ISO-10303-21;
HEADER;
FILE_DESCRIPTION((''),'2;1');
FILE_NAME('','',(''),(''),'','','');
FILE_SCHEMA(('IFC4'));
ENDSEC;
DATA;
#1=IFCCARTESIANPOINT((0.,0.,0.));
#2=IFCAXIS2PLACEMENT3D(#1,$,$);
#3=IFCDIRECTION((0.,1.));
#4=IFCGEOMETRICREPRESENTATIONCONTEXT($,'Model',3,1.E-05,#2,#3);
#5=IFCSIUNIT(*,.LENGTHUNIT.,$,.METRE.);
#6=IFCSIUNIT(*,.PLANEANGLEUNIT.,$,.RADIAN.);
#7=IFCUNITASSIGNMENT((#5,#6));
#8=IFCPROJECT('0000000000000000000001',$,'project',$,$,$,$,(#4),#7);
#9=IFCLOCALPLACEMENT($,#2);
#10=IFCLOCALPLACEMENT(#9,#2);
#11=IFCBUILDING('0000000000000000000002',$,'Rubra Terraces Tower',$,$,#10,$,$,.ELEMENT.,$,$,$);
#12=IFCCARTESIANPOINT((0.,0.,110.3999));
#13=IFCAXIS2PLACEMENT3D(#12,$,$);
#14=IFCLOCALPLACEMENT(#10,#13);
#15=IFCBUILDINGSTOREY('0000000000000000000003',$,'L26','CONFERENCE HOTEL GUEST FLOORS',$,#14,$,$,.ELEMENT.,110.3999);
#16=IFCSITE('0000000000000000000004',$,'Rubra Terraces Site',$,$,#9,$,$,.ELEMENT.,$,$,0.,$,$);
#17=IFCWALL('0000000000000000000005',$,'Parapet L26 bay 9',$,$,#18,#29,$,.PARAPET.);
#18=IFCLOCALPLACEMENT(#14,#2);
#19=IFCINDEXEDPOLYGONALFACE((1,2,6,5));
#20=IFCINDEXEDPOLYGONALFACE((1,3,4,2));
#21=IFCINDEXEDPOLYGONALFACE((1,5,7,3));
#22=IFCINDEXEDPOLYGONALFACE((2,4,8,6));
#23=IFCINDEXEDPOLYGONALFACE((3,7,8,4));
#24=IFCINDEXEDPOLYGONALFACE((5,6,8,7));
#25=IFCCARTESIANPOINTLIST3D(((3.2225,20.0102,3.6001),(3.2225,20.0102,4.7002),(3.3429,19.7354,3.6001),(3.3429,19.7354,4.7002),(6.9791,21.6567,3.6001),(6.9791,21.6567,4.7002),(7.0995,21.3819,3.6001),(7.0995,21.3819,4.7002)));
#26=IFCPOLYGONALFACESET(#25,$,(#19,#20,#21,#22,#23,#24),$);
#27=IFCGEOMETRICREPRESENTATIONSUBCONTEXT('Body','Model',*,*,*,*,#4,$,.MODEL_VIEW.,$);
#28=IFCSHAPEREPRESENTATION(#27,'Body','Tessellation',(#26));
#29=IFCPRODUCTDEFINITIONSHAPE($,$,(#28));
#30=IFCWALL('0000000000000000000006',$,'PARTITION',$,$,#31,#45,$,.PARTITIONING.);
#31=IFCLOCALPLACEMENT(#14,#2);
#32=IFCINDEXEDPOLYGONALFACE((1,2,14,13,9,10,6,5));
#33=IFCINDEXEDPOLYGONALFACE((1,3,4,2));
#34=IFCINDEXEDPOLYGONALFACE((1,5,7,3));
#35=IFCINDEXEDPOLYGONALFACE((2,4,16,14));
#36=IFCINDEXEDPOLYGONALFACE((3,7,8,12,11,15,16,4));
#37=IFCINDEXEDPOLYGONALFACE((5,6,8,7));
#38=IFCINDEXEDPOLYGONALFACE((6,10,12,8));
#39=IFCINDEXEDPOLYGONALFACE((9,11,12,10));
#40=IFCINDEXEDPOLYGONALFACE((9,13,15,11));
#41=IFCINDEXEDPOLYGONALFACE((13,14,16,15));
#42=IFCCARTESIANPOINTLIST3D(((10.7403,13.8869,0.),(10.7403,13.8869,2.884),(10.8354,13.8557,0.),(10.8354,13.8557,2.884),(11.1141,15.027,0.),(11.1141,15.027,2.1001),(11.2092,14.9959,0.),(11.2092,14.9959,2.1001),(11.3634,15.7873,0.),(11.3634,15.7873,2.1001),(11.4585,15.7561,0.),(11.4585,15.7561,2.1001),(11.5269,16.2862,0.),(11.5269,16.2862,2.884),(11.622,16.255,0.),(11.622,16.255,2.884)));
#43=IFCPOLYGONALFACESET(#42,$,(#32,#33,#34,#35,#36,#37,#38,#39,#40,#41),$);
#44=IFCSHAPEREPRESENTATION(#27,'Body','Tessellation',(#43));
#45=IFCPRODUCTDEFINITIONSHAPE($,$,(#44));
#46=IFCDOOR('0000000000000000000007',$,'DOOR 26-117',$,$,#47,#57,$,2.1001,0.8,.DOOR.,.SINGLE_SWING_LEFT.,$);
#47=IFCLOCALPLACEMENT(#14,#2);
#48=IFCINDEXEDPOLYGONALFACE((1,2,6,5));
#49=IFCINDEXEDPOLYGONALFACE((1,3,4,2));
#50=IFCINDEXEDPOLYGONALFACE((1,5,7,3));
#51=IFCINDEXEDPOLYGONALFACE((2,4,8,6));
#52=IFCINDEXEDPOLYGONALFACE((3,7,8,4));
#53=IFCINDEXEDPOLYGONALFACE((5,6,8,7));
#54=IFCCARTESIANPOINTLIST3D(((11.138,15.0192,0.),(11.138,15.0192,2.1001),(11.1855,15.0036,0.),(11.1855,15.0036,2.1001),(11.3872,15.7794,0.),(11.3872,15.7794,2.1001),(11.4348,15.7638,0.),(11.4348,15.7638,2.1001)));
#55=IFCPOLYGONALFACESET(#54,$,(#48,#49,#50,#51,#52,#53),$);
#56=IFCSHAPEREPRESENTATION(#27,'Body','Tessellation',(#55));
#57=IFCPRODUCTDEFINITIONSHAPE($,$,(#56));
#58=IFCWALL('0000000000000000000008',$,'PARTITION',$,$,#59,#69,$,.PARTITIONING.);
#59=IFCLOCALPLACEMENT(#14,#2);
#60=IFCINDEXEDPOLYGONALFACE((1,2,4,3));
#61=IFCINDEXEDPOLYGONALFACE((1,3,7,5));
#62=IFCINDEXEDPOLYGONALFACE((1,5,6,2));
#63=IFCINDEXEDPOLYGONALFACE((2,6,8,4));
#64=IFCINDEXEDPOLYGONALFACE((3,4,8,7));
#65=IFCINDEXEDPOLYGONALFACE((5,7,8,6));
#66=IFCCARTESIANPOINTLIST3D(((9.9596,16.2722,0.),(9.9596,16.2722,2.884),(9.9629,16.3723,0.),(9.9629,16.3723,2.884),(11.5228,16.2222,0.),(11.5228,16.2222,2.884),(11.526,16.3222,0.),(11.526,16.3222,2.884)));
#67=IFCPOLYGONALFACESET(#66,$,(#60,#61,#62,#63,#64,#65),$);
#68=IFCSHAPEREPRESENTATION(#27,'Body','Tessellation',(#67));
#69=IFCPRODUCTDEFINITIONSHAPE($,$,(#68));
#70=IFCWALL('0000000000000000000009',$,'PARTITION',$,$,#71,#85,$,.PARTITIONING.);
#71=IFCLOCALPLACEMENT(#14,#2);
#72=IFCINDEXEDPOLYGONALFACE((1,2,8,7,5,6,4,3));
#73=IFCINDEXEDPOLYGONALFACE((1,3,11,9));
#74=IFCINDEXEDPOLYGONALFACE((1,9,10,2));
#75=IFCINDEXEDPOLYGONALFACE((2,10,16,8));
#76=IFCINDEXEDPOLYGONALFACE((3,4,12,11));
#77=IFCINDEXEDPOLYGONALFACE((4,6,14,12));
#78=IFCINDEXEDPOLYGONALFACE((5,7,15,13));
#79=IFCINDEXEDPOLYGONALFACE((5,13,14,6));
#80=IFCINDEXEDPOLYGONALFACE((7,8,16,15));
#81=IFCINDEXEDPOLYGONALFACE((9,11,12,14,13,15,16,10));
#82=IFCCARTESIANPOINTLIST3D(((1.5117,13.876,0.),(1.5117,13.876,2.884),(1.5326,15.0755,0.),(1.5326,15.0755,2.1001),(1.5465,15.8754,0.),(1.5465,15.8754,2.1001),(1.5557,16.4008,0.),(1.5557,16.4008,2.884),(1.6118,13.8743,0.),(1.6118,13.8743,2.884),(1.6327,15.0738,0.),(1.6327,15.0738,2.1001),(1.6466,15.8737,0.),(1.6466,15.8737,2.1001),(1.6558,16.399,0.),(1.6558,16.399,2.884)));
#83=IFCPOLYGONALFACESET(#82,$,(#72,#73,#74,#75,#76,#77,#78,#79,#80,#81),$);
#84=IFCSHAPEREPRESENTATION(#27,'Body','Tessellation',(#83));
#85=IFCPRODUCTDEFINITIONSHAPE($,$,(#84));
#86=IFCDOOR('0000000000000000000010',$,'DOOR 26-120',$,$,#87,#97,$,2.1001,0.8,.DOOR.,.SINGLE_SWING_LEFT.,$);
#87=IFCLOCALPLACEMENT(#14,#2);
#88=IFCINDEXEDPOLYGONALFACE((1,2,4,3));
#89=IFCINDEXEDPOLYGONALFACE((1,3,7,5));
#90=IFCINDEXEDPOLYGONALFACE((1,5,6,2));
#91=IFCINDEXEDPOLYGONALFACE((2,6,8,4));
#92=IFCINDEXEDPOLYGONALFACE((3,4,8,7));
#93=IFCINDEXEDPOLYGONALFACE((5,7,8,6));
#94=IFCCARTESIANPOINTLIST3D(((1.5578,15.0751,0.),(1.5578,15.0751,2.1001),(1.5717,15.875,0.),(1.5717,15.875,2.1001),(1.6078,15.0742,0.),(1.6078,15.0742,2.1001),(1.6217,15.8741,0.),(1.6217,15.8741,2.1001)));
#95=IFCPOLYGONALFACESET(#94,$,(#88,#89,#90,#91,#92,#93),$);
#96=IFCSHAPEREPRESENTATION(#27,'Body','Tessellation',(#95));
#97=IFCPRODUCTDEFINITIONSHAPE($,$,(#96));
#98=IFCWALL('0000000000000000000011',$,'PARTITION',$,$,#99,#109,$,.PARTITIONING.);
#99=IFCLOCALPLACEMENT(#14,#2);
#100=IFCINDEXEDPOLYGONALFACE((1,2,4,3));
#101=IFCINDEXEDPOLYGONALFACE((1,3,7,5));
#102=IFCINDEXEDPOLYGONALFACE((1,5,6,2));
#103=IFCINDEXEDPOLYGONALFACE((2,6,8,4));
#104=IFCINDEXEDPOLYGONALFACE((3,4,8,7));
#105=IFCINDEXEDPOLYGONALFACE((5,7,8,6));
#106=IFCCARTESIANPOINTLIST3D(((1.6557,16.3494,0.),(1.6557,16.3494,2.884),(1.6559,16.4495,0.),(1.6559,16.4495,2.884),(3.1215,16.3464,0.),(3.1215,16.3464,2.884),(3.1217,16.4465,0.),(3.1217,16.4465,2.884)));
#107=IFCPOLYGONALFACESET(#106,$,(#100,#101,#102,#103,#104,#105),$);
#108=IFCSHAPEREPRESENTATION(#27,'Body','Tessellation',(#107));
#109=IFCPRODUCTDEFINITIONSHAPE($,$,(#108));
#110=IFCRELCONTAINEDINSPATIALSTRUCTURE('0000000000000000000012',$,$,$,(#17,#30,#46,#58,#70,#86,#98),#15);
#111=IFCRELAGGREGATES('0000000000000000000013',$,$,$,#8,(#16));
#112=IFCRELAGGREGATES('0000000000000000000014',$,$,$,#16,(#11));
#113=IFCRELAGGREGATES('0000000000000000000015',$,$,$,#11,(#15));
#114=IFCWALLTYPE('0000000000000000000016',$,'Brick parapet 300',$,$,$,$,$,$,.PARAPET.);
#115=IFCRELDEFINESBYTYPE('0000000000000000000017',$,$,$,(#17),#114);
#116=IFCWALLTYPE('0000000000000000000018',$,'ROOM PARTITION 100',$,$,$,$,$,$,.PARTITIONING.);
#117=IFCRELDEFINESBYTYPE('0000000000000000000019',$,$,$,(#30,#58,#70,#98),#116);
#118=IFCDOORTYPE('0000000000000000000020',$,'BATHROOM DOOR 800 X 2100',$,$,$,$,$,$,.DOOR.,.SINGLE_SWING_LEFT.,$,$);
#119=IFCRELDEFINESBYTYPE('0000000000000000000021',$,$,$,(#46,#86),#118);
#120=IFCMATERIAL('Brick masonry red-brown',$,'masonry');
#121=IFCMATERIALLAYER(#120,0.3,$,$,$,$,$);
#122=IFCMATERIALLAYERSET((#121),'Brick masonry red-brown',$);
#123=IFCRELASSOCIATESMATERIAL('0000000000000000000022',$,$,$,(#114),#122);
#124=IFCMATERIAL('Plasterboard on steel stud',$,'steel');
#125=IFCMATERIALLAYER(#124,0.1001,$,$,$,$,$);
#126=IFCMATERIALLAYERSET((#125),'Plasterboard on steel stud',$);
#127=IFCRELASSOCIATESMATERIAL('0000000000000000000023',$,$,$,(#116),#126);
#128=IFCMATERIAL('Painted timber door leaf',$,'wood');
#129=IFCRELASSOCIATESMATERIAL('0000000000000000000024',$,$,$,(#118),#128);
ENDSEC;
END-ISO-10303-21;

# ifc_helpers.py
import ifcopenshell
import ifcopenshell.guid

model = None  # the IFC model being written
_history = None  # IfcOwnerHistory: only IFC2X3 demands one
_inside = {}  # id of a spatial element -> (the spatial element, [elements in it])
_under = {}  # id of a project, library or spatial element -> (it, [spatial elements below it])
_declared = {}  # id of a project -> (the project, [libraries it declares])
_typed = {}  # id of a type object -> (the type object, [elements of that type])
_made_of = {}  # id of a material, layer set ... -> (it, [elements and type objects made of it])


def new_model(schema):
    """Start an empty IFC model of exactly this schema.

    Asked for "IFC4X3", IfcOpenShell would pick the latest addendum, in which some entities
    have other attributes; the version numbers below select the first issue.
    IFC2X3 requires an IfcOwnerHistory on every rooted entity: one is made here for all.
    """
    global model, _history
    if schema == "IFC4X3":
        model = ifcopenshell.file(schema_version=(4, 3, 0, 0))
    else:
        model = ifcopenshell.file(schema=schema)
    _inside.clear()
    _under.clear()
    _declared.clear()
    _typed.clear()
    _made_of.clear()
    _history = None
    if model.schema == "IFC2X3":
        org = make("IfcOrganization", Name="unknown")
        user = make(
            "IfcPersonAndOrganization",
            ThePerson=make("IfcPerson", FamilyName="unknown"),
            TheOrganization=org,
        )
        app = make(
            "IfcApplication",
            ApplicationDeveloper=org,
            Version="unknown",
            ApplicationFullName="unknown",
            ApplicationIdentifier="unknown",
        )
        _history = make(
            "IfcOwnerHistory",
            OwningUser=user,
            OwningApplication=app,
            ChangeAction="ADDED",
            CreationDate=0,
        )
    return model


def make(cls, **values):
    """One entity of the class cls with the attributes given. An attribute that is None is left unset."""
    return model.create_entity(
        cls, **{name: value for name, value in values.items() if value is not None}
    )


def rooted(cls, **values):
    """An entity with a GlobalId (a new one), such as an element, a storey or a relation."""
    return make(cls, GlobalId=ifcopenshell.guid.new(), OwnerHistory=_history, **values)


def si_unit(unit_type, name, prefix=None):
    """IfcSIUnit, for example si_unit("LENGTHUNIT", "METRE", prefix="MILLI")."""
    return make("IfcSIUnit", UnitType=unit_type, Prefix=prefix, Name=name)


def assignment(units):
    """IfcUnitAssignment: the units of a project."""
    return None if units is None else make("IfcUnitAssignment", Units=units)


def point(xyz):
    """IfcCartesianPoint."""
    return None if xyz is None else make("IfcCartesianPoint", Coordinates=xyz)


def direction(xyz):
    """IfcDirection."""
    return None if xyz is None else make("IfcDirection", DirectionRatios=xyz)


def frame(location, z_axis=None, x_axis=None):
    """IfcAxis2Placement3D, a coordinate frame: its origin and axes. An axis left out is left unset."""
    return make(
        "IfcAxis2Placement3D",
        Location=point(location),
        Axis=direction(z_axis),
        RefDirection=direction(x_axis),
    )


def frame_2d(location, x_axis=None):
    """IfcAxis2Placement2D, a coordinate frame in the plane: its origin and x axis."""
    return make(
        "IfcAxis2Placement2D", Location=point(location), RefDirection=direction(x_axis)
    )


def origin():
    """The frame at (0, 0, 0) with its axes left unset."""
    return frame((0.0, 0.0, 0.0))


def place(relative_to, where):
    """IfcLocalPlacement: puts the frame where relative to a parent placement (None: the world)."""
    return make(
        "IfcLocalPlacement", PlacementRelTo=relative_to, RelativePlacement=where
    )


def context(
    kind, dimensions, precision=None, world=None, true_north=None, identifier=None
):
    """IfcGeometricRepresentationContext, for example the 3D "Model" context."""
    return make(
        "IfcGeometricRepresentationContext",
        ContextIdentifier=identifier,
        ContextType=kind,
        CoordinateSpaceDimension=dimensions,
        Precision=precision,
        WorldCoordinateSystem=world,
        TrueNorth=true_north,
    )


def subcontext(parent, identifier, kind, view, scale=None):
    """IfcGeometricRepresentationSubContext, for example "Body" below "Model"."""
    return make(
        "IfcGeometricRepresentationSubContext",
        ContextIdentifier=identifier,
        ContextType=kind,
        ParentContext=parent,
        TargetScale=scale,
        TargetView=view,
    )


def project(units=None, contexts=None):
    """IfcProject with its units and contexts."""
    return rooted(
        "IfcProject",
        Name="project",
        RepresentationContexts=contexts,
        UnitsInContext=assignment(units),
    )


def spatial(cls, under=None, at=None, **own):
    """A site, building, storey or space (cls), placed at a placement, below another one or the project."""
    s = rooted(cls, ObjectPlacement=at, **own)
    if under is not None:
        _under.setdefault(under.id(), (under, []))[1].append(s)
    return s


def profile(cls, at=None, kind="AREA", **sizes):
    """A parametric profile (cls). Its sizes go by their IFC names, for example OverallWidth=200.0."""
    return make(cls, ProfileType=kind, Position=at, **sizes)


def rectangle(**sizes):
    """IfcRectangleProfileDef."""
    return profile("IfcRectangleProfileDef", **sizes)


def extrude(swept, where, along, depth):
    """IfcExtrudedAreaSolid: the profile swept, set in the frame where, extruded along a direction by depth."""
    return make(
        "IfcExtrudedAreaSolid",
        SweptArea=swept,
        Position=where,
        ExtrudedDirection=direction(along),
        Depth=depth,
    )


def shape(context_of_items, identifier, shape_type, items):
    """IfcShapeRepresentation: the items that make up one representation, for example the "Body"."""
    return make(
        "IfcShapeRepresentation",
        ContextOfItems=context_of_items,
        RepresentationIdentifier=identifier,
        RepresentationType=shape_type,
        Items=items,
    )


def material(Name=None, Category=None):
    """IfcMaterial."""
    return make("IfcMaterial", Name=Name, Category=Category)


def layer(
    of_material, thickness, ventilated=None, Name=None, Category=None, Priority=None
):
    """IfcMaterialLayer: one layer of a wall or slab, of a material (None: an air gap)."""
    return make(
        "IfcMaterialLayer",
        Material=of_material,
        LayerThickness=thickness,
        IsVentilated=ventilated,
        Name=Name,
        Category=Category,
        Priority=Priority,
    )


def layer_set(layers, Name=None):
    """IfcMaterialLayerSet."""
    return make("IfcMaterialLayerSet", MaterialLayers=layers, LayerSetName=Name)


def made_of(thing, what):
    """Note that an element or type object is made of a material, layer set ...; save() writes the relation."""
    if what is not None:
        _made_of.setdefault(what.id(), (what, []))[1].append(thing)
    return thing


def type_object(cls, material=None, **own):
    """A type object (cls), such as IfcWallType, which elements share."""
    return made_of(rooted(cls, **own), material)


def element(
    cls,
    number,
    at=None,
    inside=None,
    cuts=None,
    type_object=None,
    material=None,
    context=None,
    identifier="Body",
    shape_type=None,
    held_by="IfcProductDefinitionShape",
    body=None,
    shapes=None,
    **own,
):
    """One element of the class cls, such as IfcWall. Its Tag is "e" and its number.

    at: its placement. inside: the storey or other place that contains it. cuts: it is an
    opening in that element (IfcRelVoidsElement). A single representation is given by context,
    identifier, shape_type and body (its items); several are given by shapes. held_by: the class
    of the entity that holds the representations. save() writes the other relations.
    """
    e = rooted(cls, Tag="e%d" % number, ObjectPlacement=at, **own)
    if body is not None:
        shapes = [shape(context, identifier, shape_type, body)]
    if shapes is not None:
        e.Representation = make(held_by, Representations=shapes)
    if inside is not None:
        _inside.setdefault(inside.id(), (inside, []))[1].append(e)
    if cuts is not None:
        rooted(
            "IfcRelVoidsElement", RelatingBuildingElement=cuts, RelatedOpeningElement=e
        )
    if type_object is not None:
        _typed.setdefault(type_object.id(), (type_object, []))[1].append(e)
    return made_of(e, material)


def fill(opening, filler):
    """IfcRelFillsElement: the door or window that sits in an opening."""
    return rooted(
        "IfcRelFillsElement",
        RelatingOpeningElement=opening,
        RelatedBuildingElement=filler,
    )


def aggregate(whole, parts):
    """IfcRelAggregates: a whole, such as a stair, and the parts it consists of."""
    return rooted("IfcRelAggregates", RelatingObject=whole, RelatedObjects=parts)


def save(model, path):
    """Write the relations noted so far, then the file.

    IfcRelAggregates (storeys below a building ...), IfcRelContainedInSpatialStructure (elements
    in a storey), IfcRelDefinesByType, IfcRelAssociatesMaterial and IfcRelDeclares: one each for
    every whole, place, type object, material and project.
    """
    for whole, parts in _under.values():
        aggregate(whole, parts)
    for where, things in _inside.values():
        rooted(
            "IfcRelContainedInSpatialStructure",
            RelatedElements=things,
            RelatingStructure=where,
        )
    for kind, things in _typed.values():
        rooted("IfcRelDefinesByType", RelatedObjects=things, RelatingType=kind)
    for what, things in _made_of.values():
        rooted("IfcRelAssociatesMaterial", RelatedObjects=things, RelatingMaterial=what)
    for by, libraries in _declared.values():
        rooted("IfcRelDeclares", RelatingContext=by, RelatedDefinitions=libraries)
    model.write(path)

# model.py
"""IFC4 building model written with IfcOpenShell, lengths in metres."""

from ifc_helpers import new_model, si_unit, direction, frame, frame_2d, origin, place, context, subcontext, project, spatial, rectangle, extrude, material, layer, layer_set, type_object, element, fill, save


model = new_model("IFC4")

# Units and contexts
model_context = context("Model", 3, precision=1e-05, world=origin(), true_north=direction((0.0, 1.0)))
body_context = subcontext(model_context, "Body", "Model", "MODEL_VIEW")
ifc_project = project(units=[si_unit("LENGTHUNIT", "METRE"), si_unit("PLANEANGLEUNIT", "RADIAN")], contexts=[model_context])

# Site, building, storey
site_placement = place(None, origin())
site = spatial("IfcSite", under=ifc_project, at=site_placement, Name="Rubra Terraces Site", CompositionType="ELEMENT", RefElevation=0.0)
building_placement = place(site_placement, origin())
building = spatial("IfcBuilding", under=site, at=building_placement, Name="Rubra Terraces Tower", CompositionType="ELEMENT")
storey_placement = place(building_placement, frame((0.0, 0.0, 110.3999)))
storey = spatial("IfcBuildingStorey", under=building, at=storey_placement, Name="L26", Description="CONFERENCE HOTEL GUEST FLOORS", CompositionType="ELEMENT", Elevation=110.3999)

# Shared definitions
ifc_material_1 = material(Name="Brick masonry red-brown", Category="masonry")

# Wall
ifc_layer_1 = layer(ifc_material_1, 0.3)
ifc_layer_set_1 = layer_set([ifc_layer_1], Name="Brick masonry red-brown")
wall_type_1 = type_object("IfcWallType", Name="Brick parapet 300", PredefinedType="PARAPET", material=ifc_layer_set_1)
wall_1_placement = place(storey_placement, frame((7.0393, 21.5193, 3.6001), z_axis=(0.0, 0.0, 1.0), x_axis=(-0.915891, -0.401428, 0.0)))
element("IfcWall", 1, at=wall_1_placement, inside=storey, type_object=wall_type_1, Name="Parapet L26 bay 9", PredefinedType="PARAPET", context=body_context, shape_type="SweptSolid", body=[
    extrude(rectangle(XDim=4.1016, YDim=0.3, at=frame_2d((2.0508, 0.0))), origin(), (0.0, 0.0, 1.0), 1.1001),
])

# Wall, opening, door
ifc_material_2 = material(Name="Plasterboard on steel stud", Category="steel")
ifc_layer_2 = layer(ifc_material_2, 0.1001)
ifc_layer_set_2 = layer_set([ifc_layer_2], Name="Plasterboard on steel stud")
wall_type_2 = type_object("IfcWallType", Name="ROOM PARTITION 100", PredefinedType="PARTITIONING", material=ifc_layer_set_2)
wall_2_placement = place(storey_placement, frame((10.7878, 13.8713, 0.0), z_axis=(0.0, 0.0, 1.0), x_axis=(0.311554, 0.950229, 0.0)))
wall_2 = element("IfcWall", 2, at=wall_2_placement, inside=storey, type_object=wall_type_2, Name="PARTITION", PredefinedType="PARTITIONING", context=body_context, shape_type="SweptSolid", body=[
    extrude(rectangle(XDim=2.5249, YDim=0.1001, at=frame_2d((1.2625, 0.0))), origin(), (0.0, 0.0, 1.0), 2.884),
])
opening_1_placement = place(wall_2_placement, frame((1.2, 0.0, 0.0)))
opening_1 = element("IfcOpeningElement", 3, at=opening_1_placement, cuts=wall_2, PredefinedType="OPENING", context=body_context, shape_type="SweptSolid", body=[
    extrude(rectangle(XDim=0.8, YDim=2.1001, at=frame_2d((0.3999, 1.05))), frame((0.0, 0.0601, 0.0), z_axis=(0.0, -1.0, 0.0), x_axis=(1.0, 0.0, 0.0)), (0.0, 0.0, 1.0), 0.1201),
])
ifc_material_3 = material(Name="Painted timber door leaf", Category="wood")
door_type = type_object("IfcDoorType", Name="BATHROOM DOOR 800 X 2100", OperationType="SINGLE_SWING_LEFT", PredefinedType="DOOR", material=ifc_material_3)
door_1_placement = place(opening_1_placement, origin())
door_1 = element("IfcDoor", 4, at=door_1_placement, inside=storey, type_object=door_type, Name="DOOR 26-117", OperationType="SINGLE_SWING_LEFT", OverallHeight=2.1001, OverallWidth=0.8, PredefinedType="DOOR", context=body_context, shape_type="SweptSolid", body=[
    extrude(rectangle(XDim=0.8, YDim=2.1001, at=frame_2d((0.3999, 1.05))), frame((0.0, 0.0249, 0.0), z_axis=(0.0, -1.0, 0.0), x_axis=(1.0, 0.0, 0.0)), (0.0, 0.0, 1.0), 0.05),
])
fill(opening_1, door_1)

# Wall
wall_3_placement = place(storey_placement, frame((11.5244, 16.2722, 0.0), z_axis=(0.0, 0.0, 1.0), x_axis=(-0.999488, 0.032, 0.0)))
element("IfcWall", 5, at=wall_3_placement, inside=storey, type_object=wall_type_2, Name="PARTITION", PredefinedType="PARTITIONING", context=body_context, shape_type="SweptSolid", body=[
    extrude(rectangle(XDim=1.564, YDim=0.1001, at=frame_2d((0.782, 0.0))), origin(), (0.0, 0.0, 1.0), 2.884),
])

# Wall, opening, door
wall_4_placement = place(storey_placement, frame((1.5618, 13.875, 0.0), z_axis=(0.0, 0.0, 1.0), x_axis=(0.017404, 0.999849, 0.0)))
wall_4 = element("IfcWall", 6, at=wall_4_placement, inside=storey, type_object=wall_type_2, Name="PARTITION", PredefinedType="PARTITIONING", context=body_context, shape_type="SweptSolid", body=[
    extrude(rectangle(XDim=2.5251, YDim=0.1001, at=frame_2d((1.2627, 0.0))), origin(), (0.0, 0.0, 1.0), 2.884),
])
opening_2_placement = place(wall_4_placement, frame((1.2, 0.0, 0.0)))
opening_2 = element("IfcOpeningElement", 7, at=opening_2_placement, cuts=wall_4, PredefinedType="OPENING", context=body_context, shape_type="SweptSolid", body=[
    extrude(rectangle(XDim=0.8, YDim=2.1001, at=frame_2d((0.3999, 1.05))), frame((0.0, 0.0601, 0.0), z_axis=(0.0, -1.0, 0.0), x_axis=(1.0, 0.0, 0.0)), (0.0, 0.0, 1.0), 0.1201),
])
door_2_placement = place(opening_2_placement, origin())
door_2 = element("IfcDoor", 8, at=door_2_placement, inside=storey, type_object=door_type, Name="DOOR 26-120", OperationType="SINGLE_SWING_LEFT", OverallHeight=2.1001, OverallWidth=0.8, PredefinedType="DOOR", context=body_context, shape_type="SweptSolid", body=[
    extrude(rectangle(XDim=0.8, YDim=2.1001, at=frame_2d((0.3999, 1.05))), frame((0.0, 0.0249, 0.0), z_axis=(0.0, -1.0, 0.0), x_axis=(1.0, 0.0, 0.0)), (0.0, 0.0, 1.0), 0.05),
])
fill(opening_2, door_2)

# Wall
wall_5_placement = place(storey_placement, frame((1.6558, 16.3994, 0.0), z_axis=(0.0, 0.0, 1.0), x_axis=(0.999998, -0.001999, 0.0)))
element("IfcWall", 9, at=wall_5_placement, inside=storey, type_object=wall_type_2, Name="PARTITION", PredefinedType="PARTITIONING", context=body_context, shape_type="SweptSolid", body=[
    extrude(rectangle(XDim=1.4658, YDim=0.1001, at=frame_2d((0.7329, 0.0))), origin(), (0.0, 0.0, 1.0), 2.884),
])

save(model, "model.ifc")
